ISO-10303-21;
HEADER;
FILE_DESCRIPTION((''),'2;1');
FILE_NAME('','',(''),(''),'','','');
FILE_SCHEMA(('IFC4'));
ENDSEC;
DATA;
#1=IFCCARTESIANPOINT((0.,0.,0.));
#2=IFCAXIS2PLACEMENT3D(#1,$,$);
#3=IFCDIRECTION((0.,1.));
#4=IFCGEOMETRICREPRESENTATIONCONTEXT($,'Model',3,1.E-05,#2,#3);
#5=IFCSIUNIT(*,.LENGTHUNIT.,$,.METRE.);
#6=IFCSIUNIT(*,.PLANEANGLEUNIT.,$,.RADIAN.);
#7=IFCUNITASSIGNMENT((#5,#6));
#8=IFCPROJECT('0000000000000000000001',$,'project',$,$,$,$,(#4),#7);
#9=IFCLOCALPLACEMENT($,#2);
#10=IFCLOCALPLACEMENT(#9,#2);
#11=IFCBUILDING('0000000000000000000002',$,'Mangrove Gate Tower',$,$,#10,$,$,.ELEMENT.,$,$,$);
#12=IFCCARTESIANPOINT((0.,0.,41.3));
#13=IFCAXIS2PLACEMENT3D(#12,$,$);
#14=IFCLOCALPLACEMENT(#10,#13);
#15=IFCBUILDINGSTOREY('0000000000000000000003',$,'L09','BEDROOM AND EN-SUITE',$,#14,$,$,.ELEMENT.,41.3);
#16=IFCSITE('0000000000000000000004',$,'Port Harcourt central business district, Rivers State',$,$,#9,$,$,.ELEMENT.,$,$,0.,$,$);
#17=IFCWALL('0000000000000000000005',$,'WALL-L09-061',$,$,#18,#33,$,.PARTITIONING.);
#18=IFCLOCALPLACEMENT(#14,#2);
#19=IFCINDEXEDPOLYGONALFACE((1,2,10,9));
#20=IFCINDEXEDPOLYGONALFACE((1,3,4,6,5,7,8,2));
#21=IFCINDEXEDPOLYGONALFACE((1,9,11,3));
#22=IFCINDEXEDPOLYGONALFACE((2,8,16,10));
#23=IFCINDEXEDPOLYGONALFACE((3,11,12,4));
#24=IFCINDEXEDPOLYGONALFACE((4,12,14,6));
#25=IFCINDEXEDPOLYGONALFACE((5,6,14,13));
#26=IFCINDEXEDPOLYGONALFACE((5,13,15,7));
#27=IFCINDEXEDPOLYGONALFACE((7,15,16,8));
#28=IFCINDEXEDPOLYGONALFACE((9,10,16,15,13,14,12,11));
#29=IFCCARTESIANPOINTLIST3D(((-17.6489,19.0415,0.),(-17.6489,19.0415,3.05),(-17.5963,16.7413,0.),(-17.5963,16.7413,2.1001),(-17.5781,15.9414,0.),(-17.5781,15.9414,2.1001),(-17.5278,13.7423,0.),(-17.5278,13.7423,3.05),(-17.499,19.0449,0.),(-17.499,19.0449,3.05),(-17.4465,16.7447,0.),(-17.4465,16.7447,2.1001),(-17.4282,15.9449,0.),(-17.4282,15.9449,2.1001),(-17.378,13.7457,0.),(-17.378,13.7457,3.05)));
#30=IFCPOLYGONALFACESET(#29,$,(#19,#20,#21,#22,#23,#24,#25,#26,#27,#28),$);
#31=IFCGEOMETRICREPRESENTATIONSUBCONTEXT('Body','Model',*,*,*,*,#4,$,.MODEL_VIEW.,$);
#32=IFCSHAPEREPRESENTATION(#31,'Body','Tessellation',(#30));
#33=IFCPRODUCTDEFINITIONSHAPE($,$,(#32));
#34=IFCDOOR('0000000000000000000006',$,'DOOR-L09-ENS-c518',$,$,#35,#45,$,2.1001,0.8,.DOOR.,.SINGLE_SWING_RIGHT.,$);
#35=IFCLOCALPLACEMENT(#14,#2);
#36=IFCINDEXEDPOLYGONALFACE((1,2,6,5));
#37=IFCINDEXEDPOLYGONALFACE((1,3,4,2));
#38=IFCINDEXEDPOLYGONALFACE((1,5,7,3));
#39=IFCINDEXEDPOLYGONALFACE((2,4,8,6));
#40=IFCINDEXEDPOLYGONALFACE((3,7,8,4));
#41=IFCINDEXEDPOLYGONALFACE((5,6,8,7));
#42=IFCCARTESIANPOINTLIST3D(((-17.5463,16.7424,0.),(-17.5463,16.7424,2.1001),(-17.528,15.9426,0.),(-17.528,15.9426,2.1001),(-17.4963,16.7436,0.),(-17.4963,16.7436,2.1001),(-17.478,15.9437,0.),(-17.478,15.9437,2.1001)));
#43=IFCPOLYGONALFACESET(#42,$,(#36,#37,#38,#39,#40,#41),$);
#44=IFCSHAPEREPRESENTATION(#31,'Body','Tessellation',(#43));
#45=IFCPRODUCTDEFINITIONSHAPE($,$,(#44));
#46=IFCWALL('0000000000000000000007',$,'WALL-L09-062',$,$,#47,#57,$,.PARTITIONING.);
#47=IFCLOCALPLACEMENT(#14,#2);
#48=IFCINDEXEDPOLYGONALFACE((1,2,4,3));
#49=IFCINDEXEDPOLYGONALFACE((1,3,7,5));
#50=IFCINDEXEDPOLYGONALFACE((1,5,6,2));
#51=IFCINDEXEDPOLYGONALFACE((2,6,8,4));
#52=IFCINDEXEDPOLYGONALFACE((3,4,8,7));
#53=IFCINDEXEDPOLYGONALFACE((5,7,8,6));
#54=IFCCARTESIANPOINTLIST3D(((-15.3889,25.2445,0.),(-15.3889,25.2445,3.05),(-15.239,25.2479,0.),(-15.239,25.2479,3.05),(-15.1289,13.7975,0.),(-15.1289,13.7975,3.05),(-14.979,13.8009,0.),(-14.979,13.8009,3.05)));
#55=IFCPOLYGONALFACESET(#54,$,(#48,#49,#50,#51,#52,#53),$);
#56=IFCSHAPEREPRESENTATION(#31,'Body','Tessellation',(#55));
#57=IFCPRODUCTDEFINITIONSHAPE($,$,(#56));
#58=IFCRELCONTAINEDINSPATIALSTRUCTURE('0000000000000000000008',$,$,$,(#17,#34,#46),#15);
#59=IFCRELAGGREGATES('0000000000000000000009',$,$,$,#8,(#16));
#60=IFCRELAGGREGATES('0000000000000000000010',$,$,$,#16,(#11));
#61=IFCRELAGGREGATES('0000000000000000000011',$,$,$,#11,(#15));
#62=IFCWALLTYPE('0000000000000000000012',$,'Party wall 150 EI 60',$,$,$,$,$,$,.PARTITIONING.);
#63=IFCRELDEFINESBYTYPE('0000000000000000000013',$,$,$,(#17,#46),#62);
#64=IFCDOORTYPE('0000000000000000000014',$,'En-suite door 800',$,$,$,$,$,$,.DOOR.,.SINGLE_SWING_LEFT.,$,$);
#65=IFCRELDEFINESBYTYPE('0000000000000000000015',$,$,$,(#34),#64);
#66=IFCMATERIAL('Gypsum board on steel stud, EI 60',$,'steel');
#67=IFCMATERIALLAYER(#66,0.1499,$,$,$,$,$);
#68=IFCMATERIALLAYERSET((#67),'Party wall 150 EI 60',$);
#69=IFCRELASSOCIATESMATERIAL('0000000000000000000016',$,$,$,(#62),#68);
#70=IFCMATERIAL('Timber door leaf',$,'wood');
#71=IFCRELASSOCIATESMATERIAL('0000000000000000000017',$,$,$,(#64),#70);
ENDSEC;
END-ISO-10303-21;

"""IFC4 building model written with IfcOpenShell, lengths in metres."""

from ifc_helpers import new_model, si_unit, direction, frame, frame_2d, origin, place, context, subcontext, project, spatial, rectangle, extrude, material, layer, layer_set, type_object, element, fill, save


model = new_model("IFC4")

# Units and contexts
model_context = context("Model", 3, precision=1e-05, world=origin(), true_north=direction((0.0, 1.0)))
body_context = subcontext(model_context, "Body", "Model", "MODEL_VIEW")
ifc_project = project(units=[si_unit("LENGTHUNIT", "METRE"), si_unit("PLANEANGLEUNIT", "RADIAN")], contexts=[model_context])

# Site, building, storey
site_placement = place(None, origin())
site = spatial("IfcSite", under=ifc_project, at=site_placement, Name="Port Harcourt central business district, Rivers State", CompositionType="ELEMENT", RefElevation=0.0)
building_placement = place(site_placement, origin())
building = spatial("IfcBuilding", under=site, at=building_placement, Name="Mangrove Gate Tower", CompositionType="ELEMENT")
storey_placement = place(building_placement, frame((0.0, 0.0, 41.3)))
storey = spatial("IfcBuildingStorey", under=building, at=storey_placement, Name="L09", Description="BEDROOM AND EN-SUITE", CompositionType="ELEMENT", Elevation=41.3)

# Shared definitions
ifc_material_1 = material(Name="Gypsum board on steel stud, EI 60", Category="steel")
ifc_layer_1 = layer(ifc_material_1, 0.1499)
ifc_layer_set_1 = layer_set([ifc_layer_1], Name="Party wall 150 EI 60")
wall_type_1 = type_object("IfcWallType", Name="Party wall 150 EI 60", PredefinedType="PARTITIONING", material=ifc_layer_set_1)
ifc_material_2 = material(Name="Timber door leaf", Category="wood")
door_type_1 = type_object("IfcDoorType", Name="En-suite door 800", OperationType="SINGLE_SWING_LEFT", PredefinedType="DOOR", material=ifc_material_2)

# Wall, opening, door
wall_1_placement = place(storey_placement, frame((-17.4529, 13.7439, 0.0), z_axis=(0.0, 0.0, 1.0), x_axis=(-0.022846, 0.999739, 0.0)))
wall_1 = element("IfcWall", 1, at=wall_1_placement, inside=storey, type_object=wall_type_1, Name="WALL-L09-061", PredefinedType="PARTITIONING", context=body_context, shape_type="SweptSolid", body=[
    extrude(rectangle(XDim=5.3005, YDim=0.1499, at=frame_2d((2.6504, 0.0))), origin(), (0.0, 0.0, 1.0), 3.05),
])
opening_1_placement = place(wall_1_placement, frame((2.2, 0.0, 0.0)))
opening_1 = element("IfcOpeningElement", 2, at=opening_1_placement, cuts=wall_1, PredefinedType="OPENING", context=body_context, shape_type="SweptSolid", body=[
    extrude(rectangle(XDim=0.8, YDim=2.1001, at=frame_2d((0.3999, 1.05))), frame((0.0, 0.085, 0.0), z_axis=(0.0, -1.0, 0.0), x_axis=(1.0, 0.0, 0.0)), (0.0, 0.0, 1.0), 0.1699),
])
door_1_placement = place(opening_1_placement, origin())
door_1 = element("IfcDoor", 3, at=door_1_placement, inside=storey, type_object=door_type_1, Name="DOOR-L09-ENS-c518", OperationType="SINGLE_SWING_RIGHT", OverallHeight=2.1001, OverallWidth=0.8, PredefinedType="DOOR", context=body_context, shape_type="SweptSolid", body=[
    extrude(rectangle(XDim=0.8, YDim=2.1001, at=frame_2d((0.3999, 1.05))), frame((0.0, 0.0249, 0.0), z_axis=(0.0, -1.0, 0.0), x_axis=(1.0, 0.0, 0.0)), (0.0, 0.0, 1.0), 0.05),
])
fill(opening_1, door_1)

# Wall
wall_2_placement = place(storey_placement, frame((-15.054, 13.7991, 0.0), z_axis=(0.0, 0.0, 1.0), x_axis=(-0.022708, 0.999742, 0.0)))
element("IfcWall", 4, at=wall_2_placement, inside=storey, type_object=wall_type_1, Name="WALL-L09-062", PredefinedType="PARTITIONING", context=body_context, shape_type="SweptSolid", body=[
    extrude(rectangle(XDim=11.45, YDim=0.1499, at=frame_2d((5.7251, 0.0))), origin(), (0.0, 0.0, 1.0), 3.05),
])

save(model, "model.ifc")
